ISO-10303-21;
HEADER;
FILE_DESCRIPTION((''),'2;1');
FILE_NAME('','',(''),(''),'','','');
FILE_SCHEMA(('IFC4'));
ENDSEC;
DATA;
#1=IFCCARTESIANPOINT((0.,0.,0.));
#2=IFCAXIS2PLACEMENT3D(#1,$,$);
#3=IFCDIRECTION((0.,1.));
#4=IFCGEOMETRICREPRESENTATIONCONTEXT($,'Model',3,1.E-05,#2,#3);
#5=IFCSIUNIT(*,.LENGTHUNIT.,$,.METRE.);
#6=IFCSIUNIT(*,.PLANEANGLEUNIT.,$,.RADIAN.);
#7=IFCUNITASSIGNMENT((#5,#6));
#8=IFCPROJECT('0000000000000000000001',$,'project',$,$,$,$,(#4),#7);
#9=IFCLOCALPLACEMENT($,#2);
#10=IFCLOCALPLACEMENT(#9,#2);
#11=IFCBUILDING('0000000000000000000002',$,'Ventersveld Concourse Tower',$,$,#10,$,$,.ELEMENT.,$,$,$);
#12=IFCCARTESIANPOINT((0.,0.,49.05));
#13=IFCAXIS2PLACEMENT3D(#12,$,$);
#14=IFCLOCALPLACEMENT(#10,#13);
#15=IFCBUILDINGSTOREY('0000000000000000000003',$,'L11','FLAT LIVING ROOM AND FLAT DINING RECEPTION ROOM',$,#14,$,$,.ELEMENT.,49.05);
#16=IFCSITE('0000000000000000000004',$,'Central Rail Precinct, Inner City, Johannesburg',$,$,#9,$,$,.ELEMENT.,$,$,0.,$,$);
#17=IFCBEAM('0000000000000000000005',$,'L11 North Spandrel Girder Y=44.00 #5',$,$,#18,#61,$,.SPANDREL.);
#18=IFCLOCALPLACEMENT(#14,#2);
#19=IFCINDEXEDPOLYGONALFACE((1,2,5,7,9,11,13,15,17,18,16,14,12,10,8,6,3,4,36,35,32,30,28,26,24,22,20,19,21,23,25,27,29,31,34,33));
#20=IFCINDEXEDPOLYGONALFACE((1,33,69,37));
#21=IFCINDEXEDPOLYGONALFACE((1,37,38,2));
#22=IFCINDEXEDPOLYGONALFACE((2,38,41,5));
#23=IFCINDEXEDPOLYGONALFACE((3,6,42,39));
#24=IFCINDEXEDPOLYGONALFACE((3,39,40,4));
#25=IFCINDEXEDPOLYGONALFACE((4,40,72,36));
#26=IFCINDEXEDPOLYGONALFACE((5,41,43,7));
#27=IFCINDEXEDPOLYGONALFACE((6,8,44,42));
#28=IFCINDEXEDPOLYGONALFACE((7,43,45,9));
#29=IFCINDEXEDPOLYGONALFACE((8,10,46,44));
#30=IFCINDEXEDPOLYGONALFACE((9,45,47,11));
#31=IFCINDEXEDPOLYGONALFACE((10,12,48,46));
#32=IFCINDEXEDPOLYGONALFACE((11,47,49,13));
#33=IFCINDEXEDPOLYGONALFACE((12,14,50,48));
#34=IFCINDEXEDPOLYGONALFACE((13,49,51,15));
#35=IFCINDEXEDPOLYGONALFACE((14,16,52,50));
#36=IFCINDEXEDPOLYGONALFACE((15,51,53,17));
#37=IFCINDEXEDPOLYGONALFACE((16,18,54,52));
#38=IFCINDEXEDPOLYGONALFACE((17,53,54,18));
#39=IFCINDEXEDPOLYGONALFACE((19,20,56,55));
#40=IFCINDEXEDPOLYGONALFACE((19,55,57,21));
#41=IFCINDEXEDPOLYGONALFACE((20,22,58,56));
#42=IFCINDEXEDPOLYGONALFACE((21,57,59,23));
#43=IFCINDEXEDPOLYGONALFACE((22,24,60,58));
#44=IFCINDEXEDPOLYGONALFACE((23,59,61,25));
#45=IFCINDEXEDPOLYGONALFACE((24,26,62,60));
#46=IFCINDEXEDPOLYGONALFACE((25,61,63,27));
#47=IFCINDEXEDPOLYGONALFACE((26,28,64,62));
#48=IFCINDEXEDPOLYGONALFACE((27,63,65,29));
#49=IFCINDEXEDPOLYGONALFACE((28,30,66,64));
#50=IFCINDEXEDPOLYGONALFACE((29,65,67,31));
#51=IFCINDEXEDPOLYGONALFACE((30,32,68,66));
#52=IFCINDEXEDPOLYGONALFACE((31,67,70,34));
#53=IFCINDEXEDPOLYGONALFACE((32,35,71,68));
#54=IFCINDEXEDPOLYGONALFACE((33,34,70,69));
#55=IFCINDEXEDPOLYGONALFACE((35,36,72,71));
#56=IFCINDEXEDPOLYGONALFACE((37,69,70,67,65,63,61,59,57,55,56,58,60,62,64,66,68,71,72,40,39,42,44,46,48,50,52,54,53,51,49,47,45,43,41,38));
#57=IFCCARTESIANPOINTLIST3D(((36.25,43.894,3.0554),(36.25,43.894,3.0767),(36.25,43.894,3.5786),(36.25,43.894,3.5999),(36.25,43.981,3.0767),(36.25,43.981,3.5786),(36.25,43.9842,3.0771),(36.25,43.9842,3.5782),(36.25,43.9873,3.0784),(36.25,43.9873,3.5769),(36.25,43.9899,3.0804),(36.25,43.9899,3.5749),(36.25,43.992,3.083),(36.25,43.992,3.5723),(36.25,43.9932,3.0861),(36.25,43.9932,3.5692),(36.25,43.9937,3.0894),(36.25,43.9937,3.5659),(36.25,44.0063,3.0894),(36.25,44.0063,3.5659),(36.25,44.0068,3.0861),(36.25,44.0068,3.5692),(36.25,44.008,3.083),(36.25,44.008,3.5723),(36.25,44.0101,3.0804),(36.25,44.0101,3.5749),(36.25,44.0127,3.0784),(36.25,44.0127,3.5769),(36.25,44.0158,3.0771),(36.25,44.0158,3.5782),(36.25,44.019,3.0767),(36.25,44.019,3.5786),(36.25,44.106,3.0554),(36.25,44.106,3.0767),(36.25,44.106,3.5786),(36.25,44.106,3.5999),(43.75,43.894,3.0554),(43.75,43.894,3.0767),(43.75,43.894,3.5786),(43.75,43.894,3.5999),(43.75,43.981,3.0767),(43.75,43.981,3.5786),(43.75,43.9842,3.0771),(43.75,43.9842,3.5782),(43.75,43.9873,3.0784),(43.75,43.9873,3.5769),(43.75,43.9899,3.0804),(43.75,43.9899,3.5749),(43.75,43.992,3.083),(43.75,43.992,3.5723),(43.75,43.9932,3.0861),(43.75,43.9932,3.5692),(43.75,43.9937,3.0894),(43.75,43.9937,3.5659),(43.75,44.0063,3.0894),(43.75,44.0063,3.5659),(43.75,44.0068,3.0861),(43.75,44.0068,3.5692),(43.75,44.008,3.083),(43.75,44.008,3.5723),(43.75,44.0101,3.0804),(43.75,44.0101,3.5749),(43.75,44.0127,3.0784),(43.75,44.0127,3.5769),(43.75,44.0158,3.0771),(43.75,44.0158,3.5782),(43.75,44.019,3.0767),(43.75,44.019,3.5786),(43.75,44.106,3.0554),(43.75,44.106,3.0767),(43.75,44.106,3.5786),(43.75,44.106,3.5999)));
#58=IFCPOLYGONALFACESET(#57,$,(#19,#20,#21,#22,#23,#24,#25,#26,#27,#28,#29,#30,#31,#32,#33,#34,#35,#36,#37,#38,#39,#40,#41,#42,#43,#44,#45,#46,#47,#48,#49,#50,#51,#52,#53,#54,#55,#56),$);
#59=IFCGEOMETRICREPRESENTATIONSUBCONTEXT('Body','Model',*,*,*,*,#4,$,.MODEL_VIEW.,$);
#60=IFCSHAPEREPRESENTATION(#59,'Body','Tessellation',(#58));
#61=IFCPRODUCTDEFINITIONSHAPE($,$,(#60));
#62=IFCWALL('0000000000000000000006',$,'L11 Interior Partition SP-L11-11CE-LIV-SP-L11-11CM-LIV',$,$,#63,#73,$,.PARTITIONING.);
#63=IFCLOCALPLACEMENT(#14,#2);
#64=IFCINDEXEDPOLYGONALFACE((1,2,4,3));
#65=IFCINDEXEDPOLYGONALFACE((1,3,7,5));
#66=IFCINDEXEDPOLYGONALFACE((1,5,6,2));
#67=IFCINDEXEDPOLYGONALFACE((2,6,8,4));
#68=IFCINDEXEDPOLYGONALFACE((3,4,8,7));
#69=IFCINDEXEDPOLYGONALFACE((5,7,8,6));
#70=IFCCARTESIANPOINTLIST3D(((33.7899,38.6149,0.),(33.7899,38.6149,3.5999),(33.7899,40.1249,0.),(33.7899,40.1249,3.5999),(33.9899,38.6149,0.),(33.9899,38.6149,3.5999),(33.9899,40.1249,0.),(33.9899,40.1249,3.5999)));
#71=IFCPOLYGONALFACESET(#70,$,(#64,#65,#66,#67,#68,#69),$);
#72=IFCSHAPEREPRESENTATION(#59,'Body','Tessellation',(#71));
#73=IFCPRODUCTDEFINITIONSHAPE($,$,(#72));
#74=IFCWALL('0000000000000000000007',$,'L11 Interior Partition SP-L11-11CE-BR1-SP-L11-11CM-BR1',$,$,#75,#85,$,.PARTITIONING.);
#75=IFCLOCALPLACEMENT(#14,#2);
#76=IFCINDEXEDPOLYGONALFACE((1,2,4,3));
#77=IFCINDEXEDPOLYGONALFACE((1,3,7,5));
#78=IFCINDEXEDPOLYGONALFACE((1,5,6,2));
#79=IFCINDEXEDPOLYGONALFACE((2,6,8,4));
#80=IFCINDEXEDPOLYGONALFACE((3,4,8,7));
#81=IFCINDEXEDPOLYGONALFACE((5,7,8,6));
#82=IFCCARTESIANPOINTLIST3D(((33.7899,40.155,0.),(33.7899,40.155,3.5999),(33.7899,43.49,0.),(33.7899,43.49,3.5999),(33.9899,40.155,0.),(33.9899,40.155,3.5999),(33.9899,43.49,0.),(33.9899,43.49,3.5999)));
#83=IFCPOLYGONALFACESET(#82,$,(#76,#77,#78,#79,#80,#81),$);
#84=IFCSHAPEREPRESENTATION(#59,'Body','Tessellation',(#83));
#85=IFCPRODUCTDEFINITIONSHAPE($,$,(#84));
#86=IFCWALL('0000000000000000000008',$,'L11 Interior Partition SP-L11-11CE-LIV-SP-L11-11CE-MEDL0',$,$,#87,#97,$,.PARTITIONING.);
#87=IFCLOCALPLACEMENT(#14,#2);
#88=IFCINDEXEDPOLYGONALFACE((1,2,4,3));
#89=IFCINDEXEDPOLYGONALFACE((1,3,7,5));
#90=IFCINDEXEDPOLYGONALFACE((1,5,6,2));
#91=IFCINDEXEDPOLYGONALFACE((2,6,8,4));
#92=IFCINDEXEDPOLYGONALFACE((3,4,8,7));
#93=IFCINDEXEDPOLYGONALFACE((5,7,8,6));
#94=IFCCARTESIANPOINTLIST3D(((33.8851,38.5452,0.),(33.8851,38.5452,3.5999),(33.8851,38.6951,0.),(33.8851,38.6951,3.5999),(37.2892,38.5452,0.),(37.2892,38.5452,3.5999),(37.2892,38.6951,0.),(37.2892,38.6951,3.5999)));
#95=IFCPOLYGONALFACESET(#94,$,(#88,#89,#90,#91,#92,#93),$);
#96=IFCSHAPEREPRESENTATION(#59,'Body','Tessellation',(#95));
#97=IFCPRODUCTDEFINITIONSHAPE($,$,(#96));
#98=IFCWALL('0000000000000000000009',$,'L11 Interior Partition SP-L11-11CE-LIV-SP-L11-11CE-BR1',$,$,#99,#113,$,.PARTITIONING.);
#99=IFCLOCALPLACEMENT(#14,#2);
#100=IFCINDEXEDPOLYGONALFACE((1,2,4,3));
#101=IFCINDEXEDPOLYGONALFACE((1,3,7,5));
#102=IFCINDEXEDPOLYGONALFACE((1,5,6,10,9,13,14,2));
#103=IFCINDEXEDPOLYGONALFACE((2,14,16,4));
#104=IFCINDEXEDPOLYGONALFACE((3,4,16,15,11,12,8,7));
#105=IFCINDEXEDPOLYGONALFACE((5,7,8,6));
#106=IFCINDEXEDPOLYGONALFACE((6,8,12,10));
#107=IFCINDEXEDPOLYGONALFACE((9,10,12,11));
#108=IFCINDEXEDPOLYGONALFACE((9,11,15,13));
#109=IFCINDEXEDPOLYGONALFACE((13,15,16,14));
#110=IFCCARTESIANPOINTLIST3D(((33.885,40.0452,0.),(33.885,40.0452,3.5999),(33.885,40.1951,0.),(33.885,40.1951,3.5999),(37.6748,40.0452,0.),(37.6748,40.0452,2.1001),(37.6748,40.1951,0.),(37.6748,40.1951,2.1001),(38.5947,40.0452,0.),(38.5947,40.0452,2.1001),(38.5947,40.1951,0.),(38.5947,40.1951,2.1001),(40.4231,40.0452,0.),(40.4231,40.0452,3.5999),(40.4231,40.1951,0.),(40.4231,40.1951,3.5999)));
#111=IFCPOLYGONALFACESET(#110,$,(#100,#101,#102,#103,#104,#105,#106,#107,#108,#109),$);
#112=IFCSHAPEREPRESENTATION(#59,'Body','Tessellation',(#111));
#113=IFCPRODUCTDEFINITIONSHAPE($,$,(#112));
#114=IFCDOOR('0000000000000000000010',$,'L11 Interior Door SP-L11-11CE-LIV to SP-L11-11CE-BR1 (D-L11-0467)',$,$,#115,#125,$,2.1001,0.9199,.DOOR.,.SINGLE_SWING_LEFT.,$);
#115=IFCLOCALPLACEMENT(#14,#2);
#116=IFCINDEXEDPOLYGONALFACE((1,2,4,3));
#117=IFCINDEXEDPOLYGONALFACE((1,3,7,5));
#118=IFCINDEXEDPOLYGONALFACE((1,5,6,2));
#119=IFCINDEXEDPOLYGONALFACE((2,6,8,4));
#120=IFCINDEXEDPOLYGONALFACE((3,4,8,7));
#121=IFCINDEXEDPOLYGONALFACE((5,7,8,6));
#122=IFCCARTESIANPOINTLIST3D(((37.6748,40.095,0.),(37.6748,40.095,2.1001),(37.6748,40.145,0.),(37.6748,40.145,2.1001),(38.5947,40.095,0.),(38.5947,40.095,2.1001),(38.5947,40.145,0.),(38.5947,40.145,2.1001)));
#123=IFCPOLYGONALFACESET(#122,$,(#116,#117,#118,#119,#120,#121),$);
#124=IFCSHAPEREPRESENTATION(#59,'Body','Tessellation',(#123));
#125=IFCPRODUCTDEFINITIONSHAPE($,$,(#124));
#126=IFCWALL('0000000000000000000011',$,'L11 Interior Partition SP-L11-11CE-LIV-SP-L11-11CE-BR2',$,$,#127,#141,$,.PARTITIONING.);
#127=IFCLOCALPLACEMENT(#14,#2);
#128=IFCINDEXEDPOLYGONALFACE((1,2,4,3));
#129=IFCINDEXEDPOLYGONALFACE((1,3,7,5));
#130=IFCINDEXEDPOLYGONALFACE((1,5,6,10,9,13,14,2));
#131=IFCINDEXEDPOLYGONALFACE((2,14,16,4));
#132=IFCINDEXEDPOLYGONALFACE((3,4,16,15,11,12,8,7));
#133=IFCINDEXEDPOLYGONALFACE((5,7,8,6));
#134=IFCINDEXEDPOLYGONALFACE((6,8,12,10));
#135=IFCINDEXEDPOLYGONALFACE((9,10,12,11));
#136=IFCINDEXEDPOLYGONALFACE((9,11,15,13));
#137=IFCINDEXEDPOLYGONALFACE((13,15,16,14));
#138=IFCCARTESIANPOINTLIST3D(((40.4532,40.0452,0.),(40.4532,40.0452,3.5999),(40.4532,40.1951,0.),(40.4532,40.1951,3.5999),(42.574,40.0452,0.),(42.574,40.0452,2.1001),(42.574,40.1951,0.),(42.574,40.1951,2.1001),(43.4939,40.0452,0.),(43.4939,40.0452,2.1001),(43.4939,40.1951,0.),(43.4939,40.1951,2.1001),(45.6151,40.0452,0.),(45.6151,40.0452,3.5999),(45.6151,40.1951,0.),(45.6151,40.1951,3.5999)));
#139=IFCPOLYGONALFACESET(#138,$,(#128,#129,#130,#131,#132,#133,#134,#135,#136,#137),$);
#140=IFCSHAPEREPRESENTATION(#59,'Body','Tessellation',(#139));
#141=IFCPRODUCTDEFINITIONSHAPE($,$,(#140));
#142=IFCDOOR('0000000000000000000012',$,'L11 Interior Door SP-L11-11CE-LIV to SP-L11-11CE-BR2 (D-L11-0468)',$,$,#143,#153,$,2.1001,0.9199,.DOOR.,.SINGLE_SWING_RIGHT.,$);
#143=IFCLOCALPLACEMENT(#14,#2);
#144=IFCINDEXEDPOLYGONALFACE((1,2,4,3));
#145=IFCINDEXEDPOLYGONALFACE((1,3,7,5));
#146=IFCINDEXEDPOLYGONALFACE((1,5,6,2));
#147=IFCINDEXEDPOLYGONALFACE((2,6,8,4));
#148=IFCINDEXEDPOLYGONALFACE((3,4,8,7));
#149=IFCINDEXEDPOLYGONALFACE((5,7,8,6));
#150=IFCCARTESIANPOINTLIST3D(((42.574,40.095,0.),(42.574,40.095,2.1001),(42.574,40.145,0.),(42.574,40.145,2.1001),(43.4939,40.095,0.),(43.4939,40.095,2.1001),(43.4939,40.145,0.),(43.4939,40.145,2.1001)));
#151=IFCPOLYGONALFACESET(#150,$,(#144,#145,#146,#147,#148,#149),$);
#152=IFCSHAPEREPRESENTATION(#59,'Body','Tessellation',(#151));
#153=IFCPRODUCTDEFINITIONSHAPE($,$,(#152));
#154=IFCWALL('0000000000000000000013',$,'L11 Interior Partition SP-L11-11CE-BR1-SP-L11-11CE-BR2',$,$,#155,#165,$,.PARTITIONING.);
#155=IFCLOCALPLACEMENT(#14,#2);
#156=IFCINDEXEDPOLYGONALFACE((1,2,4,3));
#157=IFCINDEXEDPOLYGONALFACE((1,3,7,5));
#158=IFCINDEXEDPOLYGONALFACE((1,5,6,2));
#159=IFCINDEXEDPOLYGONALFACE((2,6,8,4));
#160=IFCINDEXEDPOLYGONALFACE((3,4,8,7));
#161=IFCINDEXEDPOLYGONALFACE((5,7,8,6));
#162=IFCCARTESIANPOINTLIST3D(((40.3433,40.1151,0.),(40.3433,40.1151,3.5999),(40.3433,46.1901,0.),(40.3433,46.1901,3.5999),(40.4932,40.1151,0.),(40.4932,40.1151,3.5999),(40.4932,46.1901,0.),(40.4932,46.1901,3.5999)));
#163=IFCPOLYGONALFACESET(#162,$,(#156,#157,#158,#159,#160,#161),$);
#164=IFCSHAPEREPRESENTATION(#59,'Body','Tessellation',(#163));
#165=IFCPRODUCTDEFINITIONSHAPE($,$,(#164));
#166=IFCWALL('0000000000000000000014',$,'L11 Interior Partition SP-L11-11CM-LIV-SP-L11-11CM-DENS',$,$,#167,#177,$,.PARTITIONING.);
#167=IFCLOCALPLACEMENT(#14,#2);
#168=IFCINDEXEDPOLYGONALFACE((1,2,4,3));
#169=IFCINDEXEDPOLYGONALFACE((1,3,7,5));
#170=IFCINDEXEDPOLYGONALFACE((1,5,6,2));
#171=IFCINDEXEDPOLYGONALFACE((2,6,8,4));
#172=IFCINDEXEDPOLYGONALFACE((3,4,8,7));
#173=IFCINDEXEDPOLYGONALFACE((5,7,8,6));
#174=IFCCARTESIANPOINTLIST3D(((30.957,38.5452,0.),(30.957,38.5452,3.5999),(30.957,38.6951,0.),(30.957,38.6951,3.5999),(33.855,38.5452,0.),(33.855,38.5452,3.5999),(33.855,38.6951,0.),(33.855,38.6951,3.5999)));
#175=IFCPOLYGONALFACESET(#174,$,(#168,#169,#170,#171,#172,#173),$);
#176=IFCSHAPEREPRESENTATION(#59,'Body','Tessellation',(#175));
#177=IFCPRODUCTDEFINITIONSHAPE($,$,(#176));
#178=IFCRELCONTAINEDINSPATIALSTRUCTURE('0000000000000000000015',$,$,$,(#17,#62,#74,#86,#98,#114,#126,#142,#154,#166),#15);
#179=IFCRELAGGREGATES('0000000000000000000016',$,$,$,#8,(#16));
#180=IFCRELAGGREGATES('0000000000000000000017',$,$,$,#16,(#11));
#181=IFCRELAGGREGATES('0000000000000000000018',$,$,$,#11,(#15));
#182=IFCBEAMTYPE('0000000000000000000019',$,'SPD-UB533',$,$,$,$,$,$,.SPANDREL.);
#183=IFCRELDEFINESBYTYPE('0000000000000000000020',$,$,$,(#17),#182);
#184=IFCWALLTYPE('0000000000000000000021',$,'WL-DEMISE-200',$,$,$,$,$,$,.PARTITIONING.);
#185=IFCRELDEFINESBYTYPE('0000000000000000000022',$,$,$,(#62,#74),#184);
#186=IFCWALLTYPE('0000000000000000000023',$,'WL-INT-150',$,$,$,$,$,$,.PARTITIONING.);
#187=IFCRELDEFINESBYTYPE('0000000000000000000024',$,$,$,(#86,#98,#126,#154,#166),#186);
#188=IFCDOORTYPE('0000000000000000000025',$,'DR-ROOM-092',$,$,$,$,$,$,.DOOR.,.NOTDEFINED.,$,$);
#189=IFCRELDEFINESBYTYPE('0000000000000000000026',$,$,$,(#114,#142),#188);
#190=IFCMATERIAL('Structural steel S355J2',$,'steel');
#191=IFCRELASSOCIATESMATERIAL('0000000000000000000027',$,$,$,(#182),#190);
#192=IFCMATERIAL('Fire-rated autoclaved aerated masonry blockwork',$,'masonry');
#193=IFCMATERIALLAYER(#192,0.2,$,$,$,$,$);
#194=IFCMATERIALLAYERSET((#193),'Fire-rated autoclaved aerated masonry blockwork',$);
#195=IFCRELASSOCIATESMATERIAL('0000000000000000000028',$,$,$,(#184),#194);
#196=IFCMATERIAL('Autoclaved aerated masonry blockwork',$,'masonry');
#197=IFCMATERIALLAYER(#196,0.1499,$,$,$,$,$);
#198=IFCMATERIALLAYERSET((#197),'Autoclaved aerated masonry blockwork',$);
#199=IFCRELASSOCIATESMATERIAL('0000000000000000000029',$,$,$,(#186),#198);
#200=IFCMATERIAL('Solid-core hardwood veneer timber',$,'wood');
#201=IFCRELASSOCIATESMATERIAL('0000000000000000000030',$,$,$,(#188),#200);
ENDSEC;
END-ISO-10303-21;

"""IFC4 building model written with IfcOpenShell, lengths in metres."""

from ifc_helpers import new_model, si_unit, direction, frame, frame_2d, origin, origin_2d, place, context, subcontext, project, spatial, rectangle, i_section, extrude, material, layer, layer_set, material_profile, profile_set, type_object, element, fill, save


model = new_model("IFC4")

# Units and contexts
model_context = context("Model", 3, precision=1e-05, world=origin(), true_north=direction((0.0, 1.0)))
body_context = subcontext(model_context, "Body", "Model", "MODEL_VIEW")
ifc_project = project(units=[si_unit("LENGTHUNIT", "METRE"), si_unit("PLANEANGLEUNIT", "RADIAN")], contexts=[model_context])

# Site, building, storey
site_placement = place(None, origin())
site = spatial("IfcSite", under=ifc_project, at=site_placement, Name="Central Rail Precinct, Inner City, Johannesburg", CompositionType="ELEMENT", RefElevation=0.0)
building_placement = place(site_placement, origin())
building = spatial("IfcBuilding", under=site, at=building_placement, Name="Ventersveld Concourse Tower", CompositionType="ELEMENT")
storey_placement = place(building_placement, frame((0.0, 0.0, 49.05)))
storey = spatial("IfcBuildingStorey", under=building, at=storey_placement, Name="L11", Description="FLAT LIVING ROOM AND FLAT DINING RECEPTION ROOM", CompositionType="ELEMENT", Elevation=49.05)

# Beam
ifc_material_1 = material(Name="Structural steel S355J2", Category="steel")
ifc_material_profile_1 = material_profile(ifc_material_1, i_section(OverallWidth=0.2119, OverallDepth=0.5444, WebThickness=0.0127, FlangeThickness=0.0212, FilletRadius=0.0127, at=origin_2d()), Name="UB 533x210x122")
ifc_profile_set_1 = profile_set([ifc_material_profile_1], Name="Structural steel S355J2")
beam_type_1 = type_object("IfcBeamType", Name="SPD-UB533", PredefinedType="SPANDREL", material=ifc_profile_set_1)
for number, where, z_axis, x_axis, name in (
    (1, (36.25, 44.0, 3.3276), (1.0, 0.0, 0.0), (0.0, 1.0, 0.0), "L11 North Spandrel Girder Y=44.00 #5"),
):
    element("IfcBeam", number, at=place(storey_placement, frame(where, z_axis=z_axis, x_axis=x_axis)), inside=storey, type_object=beam_type_1, Name=name, PredefinedType="SPANDREL", context=body_context, shape_type="SweptSolid", body=[
        extrude(i_section(OverallWidth=0.2119, OverallDepth=0.5444, WebThickness=0.0127, FlangeThickness=0.0212, FilletRadius=0.0127, at=origin_2d()), origin(), (0.0, 0.0, 1.0), 7.5),
    ])

# Walls
ifc_material_2 = material(Name="Fire-rated autoclaved aerated masonry blockwork", Category="masonry")
ifc_layer_1 = layer(ifc_material_2, 0.2)
ifc_layer_set_1 = layer_set([ifc_layer_1], Name="Fire-rated autoclaved aerated masonry blockwork")
wall_type_1 = type_object("IfcWallType", Name="WL-DEMISE-200", PredefinedType="PARTITIONING", material=ifc_layer_set_1)
wall_1_placement = place(storey_placement, frame((33.8899, 38.615, 0.0), z_axis=(0.0, 0.0, 1.0), x_axis=(0.0, 1.0, 0.0)))
element("IfcWall", 2, at=wall_1_placement, inside=storey, type_object=wall_type_1, Name="L11 Interior Partition SP-L11-11CE-LIV-SP-L11-11CM-LIV", PredefinedType="PARTITIONING", context=body_context, shape_type="SweptSolid", body=[
    extrude(rectangle(XDim=1.51, YDim=0.2, at=frame_2d((0.7549, 0.0))), origin(), (0.0, 0.0, 1.0), 3.5999),
])
wall_2_placement = place(storey_placement, frame((33.8899, 40.155, 0.0), z_axis=(0.0, 0.0, 1.0), x_axis=(0.0, 1.0, 0.0)))
element("IfcWall", 3, at=wall_2_placement, inside=storey, type_object=wall_type_1, Name="L11 Interior Partition SP-L11-11CE-BR1-SP-L11-11CM-BR1", PredefinedType="PARTITIONING", context=body_context, shape_type="SweptSolid", body=[
    extrude(rectangle(XDim=3.335, YDim=0.2, at=frame_2d((1.6675, 0.0))), origin(), (0.0, 0.0, 1.0), 3.5999),
])
ifc_material_3 = material(Name="Autoclaved aerated masonry blockwork", Category="masonry")
ifc_layer_2 = layer(ifc_material_3, 0.1499)
ifc_layer_set_2 = layer_set([ifc_layer_2], Name="Autoclaved aerated masonry blockwork")
wall_type_2 = type_object("IfcWallType", Name="WL-INT-150", PredefinedType="PARTITIONING", material=ifc_layer_set_2)
wall_3_placement = place(storey_placement, frame((33.885, 38.6201, 0.0), z_axis=(0.0, 0.0, 1.0), x_axis=(1.0, 0.0, 0.0)))
element("IfcWall", 4, at=wall_3_placement, inside=storey, type_object=wall_type_2, Name="L11 Interior Partition SP-L11-11CE-LIV-SP-L11-11CE-MEDL0", PredefinedType="PARTITIONING", context=body_context, shape_type="SweptSolid", body=[
    extrude(rectangle(XDim=3.4041, YDim=0.1499, at=frame_2d((1.7021, 0.0))), origin(), (0.0, 0.0, 1.0), 3.5999),
])

# Walls, openings, doors
wall_4_placement = place(storey_placement, frame((33.885, 40.1201, 0.0), z_axis=(0.0, 0.0, 1.0), x_axis=(1.0, 0.0, 0.0)))
wall_4 = element("IfcWall", 5, at=wall_4_placement, inside=storey, type_object=wall_type_2, Name="L11 Interior Partition SP-L11-11CE-LIV-SP-L11-11CE-BR1", PredefinedType="PARTITIONING", context=body_context, shape_type="SweptSolid", body=[
    extrude(rectangle(XDim=6.5381, YDim=0.1499, at=frame_2d((3.269, 0.0))), origin(), (0.0, 0.0, 1.0), 3.5999),
])
opening_1_placement = place(wall_4_placement, frame((3.7898, 0.0, 0.0)))
opening_1 = element("IfcOpeningElement", 6, at=opening_1_placement, cuts=wall_4, PredefinedType="OPENING", context=body_context, shape_type="SweptSolid", body=[
    extrude(rectangle(XDim=0.9199, YDim=2.1001, at=frame_2d((0.46, 1.05))), frame((0.0, 0.085, 0.0), z_axis=(0.0, -1.0, 0.0), x_axis=(1.0, 0.0, 0.0)), (0.0, 0.0, 1.0), 0.1699),
])
ifc_material_4 = material(Name="Solid-core hardwood veneer timber", Category="wood")
door_type_1 = type_object("IfcDoorType", Name="DR-ROOM-092", OperationType="NOTDEFINED", PredefinedType="DOOR", material=ifc_material_4)
door_1_placement = place(opening_1_placement, origin())
door_1 = element("IfcDoor", 7, at=door_1_placement, inside=storey, type_object=door_type_1, Name="L11 Interior Door SP-L11-11CE-LIV to SP-L11-11CE-BR1 (D-L11-0467)", OperationType="SINGLE_SWING_LEFT", OverallHeight=2.1001, OverallWidth=0.9199, PredefinedType="DOOR", context=body_context, shape_type="SweptSolid", body=[
    extrude(rectangle(XDim=0.9199, YDim=2.1001, at=frame_2d((0.46, 1.05))), frame((0.0, 0.0249, 0.0), z_axis=(0.0, -1.0, 0.0), x_axis=(1.0, 0.0, 0.0)), (0.0, 0.0, 1.0), 0.05),
])
fill(opening_1, door_1)
wall_5_placement = place(storey_placement, frame((40.4531, 40.1201, 0.0), z_axis=(0.0, 0.0, 1.0), x_axis=(1.0, 0.0, 0.0)))
wall_5 = element("IfcWall", 8, at=wall_5_placement, inside=storey, type_object=wall_type_2, Name="L11 Interior Partition SP-L11-11CE-LIV-SP-L11-11CE-BR2", PredefinedType="PARTITIONING", context=body_context, shape_type="SweptSolid", body=[
    extrude(rectangle(XDim=5.1619, YDim=0.1499, at=frame_2d((2.5811, 0.0))), origin(), (0.0, 0.0, 1.0), 3.5999),
])
opening_2_placement = place(wall_5_placement, frame((2.1208, 0.0, 0.0)))
opening_2 = element("IfcOpeningElement", 9, at=opening_2_placement, cuts=wall_5, PredefinedType="OPENING", context=body_context, shape_type="SweptSolid", body=[
    extrude(rectangle(XDim=0.9199, YDim=2.1001, at=frame_2d((0.46, 1.05))), frame((0.0, 0.085, 0.0), z_axis=(0.0, -1.0, 0.0), x_axis=(1.0, 0.0, 0.0)), (0.0, 0.0, 1.0), 0.1699),
])
door_2_placement = place(opening_2_placement, origin())
door_2 = element("IfcDoor", 10, at=door_2_placement, inside=storey, type_object=door_type_1, Name="L11 Interior Door SP-L11-11CE-LIV to SP-L11-11CE-BR2 (D-L11-0468)", OperationType="SINGLE_SWING_RIGHT", OverallHeight=2.1001, OverallWidth=0.9199, PredefinedType="DOOR", context=body_context, shape_type="SweptSolid", body=[
    extrude(rectangle(XDim=0.9199, YDim=2.1001, at=frame_2d((0.46, 1.05))), frame((0.0, 0.0249, 0.0), z_axis=(0.0, -1.0, 0.0), x_axis=(1.0, 0.0, 0.0)), (0.0, 0.0, 1.0), 0.05),
])
fill(opening_2, door_2)

# Walls
wall_6_placement = place(storey_placement, frame((40.4182, 40.115, 0.0), z_axis=(0.0, 0.0, 1.0), x_axis=(0.0, 1.0, 0.0)))
element("IfcWall", 11, at=wall_6_placement, inside=storey, type_object=wall_type_2, Name="L11 Interior Partition SP-L11-11CE-BR1-SP-L11-11CE-BR2", PredefinedType="PARTITIONING", context=body_context, shape_type="SweptSolid", body=[
    extrude(rectangle(XDim=6.075, YDim=0.1499, at=frame_2d((3.0376, 0.0))), origin(), (0.0, 0.0, 1.0), 3.5999),
])
wall_7_placement = place(storey_placement, frame((30.957, 38.6201, 0.0), z_axis=(0.0, 0.0, 1.0), x_axis=(1.0, 0.0, 0.0)))
element("IfcWall", 12, at=wall_7_placement, inside=storey, type_object=wall_type_2, Name="L11 Interior Partition SP-L11-11CM-LIV-SP-L11-11CM-DENS", PredefinedType="PARTITIONING", context=body_context, shape_type="SweptSolid", body=[
    extrude(rectangle(XDim=2.8979, YDim=0.1499, at=frame_2d((1.449, 0.0))), origin(), (0.0, 0.0, 1.0), 3.5999),
])

save(model, "model.ifc")
